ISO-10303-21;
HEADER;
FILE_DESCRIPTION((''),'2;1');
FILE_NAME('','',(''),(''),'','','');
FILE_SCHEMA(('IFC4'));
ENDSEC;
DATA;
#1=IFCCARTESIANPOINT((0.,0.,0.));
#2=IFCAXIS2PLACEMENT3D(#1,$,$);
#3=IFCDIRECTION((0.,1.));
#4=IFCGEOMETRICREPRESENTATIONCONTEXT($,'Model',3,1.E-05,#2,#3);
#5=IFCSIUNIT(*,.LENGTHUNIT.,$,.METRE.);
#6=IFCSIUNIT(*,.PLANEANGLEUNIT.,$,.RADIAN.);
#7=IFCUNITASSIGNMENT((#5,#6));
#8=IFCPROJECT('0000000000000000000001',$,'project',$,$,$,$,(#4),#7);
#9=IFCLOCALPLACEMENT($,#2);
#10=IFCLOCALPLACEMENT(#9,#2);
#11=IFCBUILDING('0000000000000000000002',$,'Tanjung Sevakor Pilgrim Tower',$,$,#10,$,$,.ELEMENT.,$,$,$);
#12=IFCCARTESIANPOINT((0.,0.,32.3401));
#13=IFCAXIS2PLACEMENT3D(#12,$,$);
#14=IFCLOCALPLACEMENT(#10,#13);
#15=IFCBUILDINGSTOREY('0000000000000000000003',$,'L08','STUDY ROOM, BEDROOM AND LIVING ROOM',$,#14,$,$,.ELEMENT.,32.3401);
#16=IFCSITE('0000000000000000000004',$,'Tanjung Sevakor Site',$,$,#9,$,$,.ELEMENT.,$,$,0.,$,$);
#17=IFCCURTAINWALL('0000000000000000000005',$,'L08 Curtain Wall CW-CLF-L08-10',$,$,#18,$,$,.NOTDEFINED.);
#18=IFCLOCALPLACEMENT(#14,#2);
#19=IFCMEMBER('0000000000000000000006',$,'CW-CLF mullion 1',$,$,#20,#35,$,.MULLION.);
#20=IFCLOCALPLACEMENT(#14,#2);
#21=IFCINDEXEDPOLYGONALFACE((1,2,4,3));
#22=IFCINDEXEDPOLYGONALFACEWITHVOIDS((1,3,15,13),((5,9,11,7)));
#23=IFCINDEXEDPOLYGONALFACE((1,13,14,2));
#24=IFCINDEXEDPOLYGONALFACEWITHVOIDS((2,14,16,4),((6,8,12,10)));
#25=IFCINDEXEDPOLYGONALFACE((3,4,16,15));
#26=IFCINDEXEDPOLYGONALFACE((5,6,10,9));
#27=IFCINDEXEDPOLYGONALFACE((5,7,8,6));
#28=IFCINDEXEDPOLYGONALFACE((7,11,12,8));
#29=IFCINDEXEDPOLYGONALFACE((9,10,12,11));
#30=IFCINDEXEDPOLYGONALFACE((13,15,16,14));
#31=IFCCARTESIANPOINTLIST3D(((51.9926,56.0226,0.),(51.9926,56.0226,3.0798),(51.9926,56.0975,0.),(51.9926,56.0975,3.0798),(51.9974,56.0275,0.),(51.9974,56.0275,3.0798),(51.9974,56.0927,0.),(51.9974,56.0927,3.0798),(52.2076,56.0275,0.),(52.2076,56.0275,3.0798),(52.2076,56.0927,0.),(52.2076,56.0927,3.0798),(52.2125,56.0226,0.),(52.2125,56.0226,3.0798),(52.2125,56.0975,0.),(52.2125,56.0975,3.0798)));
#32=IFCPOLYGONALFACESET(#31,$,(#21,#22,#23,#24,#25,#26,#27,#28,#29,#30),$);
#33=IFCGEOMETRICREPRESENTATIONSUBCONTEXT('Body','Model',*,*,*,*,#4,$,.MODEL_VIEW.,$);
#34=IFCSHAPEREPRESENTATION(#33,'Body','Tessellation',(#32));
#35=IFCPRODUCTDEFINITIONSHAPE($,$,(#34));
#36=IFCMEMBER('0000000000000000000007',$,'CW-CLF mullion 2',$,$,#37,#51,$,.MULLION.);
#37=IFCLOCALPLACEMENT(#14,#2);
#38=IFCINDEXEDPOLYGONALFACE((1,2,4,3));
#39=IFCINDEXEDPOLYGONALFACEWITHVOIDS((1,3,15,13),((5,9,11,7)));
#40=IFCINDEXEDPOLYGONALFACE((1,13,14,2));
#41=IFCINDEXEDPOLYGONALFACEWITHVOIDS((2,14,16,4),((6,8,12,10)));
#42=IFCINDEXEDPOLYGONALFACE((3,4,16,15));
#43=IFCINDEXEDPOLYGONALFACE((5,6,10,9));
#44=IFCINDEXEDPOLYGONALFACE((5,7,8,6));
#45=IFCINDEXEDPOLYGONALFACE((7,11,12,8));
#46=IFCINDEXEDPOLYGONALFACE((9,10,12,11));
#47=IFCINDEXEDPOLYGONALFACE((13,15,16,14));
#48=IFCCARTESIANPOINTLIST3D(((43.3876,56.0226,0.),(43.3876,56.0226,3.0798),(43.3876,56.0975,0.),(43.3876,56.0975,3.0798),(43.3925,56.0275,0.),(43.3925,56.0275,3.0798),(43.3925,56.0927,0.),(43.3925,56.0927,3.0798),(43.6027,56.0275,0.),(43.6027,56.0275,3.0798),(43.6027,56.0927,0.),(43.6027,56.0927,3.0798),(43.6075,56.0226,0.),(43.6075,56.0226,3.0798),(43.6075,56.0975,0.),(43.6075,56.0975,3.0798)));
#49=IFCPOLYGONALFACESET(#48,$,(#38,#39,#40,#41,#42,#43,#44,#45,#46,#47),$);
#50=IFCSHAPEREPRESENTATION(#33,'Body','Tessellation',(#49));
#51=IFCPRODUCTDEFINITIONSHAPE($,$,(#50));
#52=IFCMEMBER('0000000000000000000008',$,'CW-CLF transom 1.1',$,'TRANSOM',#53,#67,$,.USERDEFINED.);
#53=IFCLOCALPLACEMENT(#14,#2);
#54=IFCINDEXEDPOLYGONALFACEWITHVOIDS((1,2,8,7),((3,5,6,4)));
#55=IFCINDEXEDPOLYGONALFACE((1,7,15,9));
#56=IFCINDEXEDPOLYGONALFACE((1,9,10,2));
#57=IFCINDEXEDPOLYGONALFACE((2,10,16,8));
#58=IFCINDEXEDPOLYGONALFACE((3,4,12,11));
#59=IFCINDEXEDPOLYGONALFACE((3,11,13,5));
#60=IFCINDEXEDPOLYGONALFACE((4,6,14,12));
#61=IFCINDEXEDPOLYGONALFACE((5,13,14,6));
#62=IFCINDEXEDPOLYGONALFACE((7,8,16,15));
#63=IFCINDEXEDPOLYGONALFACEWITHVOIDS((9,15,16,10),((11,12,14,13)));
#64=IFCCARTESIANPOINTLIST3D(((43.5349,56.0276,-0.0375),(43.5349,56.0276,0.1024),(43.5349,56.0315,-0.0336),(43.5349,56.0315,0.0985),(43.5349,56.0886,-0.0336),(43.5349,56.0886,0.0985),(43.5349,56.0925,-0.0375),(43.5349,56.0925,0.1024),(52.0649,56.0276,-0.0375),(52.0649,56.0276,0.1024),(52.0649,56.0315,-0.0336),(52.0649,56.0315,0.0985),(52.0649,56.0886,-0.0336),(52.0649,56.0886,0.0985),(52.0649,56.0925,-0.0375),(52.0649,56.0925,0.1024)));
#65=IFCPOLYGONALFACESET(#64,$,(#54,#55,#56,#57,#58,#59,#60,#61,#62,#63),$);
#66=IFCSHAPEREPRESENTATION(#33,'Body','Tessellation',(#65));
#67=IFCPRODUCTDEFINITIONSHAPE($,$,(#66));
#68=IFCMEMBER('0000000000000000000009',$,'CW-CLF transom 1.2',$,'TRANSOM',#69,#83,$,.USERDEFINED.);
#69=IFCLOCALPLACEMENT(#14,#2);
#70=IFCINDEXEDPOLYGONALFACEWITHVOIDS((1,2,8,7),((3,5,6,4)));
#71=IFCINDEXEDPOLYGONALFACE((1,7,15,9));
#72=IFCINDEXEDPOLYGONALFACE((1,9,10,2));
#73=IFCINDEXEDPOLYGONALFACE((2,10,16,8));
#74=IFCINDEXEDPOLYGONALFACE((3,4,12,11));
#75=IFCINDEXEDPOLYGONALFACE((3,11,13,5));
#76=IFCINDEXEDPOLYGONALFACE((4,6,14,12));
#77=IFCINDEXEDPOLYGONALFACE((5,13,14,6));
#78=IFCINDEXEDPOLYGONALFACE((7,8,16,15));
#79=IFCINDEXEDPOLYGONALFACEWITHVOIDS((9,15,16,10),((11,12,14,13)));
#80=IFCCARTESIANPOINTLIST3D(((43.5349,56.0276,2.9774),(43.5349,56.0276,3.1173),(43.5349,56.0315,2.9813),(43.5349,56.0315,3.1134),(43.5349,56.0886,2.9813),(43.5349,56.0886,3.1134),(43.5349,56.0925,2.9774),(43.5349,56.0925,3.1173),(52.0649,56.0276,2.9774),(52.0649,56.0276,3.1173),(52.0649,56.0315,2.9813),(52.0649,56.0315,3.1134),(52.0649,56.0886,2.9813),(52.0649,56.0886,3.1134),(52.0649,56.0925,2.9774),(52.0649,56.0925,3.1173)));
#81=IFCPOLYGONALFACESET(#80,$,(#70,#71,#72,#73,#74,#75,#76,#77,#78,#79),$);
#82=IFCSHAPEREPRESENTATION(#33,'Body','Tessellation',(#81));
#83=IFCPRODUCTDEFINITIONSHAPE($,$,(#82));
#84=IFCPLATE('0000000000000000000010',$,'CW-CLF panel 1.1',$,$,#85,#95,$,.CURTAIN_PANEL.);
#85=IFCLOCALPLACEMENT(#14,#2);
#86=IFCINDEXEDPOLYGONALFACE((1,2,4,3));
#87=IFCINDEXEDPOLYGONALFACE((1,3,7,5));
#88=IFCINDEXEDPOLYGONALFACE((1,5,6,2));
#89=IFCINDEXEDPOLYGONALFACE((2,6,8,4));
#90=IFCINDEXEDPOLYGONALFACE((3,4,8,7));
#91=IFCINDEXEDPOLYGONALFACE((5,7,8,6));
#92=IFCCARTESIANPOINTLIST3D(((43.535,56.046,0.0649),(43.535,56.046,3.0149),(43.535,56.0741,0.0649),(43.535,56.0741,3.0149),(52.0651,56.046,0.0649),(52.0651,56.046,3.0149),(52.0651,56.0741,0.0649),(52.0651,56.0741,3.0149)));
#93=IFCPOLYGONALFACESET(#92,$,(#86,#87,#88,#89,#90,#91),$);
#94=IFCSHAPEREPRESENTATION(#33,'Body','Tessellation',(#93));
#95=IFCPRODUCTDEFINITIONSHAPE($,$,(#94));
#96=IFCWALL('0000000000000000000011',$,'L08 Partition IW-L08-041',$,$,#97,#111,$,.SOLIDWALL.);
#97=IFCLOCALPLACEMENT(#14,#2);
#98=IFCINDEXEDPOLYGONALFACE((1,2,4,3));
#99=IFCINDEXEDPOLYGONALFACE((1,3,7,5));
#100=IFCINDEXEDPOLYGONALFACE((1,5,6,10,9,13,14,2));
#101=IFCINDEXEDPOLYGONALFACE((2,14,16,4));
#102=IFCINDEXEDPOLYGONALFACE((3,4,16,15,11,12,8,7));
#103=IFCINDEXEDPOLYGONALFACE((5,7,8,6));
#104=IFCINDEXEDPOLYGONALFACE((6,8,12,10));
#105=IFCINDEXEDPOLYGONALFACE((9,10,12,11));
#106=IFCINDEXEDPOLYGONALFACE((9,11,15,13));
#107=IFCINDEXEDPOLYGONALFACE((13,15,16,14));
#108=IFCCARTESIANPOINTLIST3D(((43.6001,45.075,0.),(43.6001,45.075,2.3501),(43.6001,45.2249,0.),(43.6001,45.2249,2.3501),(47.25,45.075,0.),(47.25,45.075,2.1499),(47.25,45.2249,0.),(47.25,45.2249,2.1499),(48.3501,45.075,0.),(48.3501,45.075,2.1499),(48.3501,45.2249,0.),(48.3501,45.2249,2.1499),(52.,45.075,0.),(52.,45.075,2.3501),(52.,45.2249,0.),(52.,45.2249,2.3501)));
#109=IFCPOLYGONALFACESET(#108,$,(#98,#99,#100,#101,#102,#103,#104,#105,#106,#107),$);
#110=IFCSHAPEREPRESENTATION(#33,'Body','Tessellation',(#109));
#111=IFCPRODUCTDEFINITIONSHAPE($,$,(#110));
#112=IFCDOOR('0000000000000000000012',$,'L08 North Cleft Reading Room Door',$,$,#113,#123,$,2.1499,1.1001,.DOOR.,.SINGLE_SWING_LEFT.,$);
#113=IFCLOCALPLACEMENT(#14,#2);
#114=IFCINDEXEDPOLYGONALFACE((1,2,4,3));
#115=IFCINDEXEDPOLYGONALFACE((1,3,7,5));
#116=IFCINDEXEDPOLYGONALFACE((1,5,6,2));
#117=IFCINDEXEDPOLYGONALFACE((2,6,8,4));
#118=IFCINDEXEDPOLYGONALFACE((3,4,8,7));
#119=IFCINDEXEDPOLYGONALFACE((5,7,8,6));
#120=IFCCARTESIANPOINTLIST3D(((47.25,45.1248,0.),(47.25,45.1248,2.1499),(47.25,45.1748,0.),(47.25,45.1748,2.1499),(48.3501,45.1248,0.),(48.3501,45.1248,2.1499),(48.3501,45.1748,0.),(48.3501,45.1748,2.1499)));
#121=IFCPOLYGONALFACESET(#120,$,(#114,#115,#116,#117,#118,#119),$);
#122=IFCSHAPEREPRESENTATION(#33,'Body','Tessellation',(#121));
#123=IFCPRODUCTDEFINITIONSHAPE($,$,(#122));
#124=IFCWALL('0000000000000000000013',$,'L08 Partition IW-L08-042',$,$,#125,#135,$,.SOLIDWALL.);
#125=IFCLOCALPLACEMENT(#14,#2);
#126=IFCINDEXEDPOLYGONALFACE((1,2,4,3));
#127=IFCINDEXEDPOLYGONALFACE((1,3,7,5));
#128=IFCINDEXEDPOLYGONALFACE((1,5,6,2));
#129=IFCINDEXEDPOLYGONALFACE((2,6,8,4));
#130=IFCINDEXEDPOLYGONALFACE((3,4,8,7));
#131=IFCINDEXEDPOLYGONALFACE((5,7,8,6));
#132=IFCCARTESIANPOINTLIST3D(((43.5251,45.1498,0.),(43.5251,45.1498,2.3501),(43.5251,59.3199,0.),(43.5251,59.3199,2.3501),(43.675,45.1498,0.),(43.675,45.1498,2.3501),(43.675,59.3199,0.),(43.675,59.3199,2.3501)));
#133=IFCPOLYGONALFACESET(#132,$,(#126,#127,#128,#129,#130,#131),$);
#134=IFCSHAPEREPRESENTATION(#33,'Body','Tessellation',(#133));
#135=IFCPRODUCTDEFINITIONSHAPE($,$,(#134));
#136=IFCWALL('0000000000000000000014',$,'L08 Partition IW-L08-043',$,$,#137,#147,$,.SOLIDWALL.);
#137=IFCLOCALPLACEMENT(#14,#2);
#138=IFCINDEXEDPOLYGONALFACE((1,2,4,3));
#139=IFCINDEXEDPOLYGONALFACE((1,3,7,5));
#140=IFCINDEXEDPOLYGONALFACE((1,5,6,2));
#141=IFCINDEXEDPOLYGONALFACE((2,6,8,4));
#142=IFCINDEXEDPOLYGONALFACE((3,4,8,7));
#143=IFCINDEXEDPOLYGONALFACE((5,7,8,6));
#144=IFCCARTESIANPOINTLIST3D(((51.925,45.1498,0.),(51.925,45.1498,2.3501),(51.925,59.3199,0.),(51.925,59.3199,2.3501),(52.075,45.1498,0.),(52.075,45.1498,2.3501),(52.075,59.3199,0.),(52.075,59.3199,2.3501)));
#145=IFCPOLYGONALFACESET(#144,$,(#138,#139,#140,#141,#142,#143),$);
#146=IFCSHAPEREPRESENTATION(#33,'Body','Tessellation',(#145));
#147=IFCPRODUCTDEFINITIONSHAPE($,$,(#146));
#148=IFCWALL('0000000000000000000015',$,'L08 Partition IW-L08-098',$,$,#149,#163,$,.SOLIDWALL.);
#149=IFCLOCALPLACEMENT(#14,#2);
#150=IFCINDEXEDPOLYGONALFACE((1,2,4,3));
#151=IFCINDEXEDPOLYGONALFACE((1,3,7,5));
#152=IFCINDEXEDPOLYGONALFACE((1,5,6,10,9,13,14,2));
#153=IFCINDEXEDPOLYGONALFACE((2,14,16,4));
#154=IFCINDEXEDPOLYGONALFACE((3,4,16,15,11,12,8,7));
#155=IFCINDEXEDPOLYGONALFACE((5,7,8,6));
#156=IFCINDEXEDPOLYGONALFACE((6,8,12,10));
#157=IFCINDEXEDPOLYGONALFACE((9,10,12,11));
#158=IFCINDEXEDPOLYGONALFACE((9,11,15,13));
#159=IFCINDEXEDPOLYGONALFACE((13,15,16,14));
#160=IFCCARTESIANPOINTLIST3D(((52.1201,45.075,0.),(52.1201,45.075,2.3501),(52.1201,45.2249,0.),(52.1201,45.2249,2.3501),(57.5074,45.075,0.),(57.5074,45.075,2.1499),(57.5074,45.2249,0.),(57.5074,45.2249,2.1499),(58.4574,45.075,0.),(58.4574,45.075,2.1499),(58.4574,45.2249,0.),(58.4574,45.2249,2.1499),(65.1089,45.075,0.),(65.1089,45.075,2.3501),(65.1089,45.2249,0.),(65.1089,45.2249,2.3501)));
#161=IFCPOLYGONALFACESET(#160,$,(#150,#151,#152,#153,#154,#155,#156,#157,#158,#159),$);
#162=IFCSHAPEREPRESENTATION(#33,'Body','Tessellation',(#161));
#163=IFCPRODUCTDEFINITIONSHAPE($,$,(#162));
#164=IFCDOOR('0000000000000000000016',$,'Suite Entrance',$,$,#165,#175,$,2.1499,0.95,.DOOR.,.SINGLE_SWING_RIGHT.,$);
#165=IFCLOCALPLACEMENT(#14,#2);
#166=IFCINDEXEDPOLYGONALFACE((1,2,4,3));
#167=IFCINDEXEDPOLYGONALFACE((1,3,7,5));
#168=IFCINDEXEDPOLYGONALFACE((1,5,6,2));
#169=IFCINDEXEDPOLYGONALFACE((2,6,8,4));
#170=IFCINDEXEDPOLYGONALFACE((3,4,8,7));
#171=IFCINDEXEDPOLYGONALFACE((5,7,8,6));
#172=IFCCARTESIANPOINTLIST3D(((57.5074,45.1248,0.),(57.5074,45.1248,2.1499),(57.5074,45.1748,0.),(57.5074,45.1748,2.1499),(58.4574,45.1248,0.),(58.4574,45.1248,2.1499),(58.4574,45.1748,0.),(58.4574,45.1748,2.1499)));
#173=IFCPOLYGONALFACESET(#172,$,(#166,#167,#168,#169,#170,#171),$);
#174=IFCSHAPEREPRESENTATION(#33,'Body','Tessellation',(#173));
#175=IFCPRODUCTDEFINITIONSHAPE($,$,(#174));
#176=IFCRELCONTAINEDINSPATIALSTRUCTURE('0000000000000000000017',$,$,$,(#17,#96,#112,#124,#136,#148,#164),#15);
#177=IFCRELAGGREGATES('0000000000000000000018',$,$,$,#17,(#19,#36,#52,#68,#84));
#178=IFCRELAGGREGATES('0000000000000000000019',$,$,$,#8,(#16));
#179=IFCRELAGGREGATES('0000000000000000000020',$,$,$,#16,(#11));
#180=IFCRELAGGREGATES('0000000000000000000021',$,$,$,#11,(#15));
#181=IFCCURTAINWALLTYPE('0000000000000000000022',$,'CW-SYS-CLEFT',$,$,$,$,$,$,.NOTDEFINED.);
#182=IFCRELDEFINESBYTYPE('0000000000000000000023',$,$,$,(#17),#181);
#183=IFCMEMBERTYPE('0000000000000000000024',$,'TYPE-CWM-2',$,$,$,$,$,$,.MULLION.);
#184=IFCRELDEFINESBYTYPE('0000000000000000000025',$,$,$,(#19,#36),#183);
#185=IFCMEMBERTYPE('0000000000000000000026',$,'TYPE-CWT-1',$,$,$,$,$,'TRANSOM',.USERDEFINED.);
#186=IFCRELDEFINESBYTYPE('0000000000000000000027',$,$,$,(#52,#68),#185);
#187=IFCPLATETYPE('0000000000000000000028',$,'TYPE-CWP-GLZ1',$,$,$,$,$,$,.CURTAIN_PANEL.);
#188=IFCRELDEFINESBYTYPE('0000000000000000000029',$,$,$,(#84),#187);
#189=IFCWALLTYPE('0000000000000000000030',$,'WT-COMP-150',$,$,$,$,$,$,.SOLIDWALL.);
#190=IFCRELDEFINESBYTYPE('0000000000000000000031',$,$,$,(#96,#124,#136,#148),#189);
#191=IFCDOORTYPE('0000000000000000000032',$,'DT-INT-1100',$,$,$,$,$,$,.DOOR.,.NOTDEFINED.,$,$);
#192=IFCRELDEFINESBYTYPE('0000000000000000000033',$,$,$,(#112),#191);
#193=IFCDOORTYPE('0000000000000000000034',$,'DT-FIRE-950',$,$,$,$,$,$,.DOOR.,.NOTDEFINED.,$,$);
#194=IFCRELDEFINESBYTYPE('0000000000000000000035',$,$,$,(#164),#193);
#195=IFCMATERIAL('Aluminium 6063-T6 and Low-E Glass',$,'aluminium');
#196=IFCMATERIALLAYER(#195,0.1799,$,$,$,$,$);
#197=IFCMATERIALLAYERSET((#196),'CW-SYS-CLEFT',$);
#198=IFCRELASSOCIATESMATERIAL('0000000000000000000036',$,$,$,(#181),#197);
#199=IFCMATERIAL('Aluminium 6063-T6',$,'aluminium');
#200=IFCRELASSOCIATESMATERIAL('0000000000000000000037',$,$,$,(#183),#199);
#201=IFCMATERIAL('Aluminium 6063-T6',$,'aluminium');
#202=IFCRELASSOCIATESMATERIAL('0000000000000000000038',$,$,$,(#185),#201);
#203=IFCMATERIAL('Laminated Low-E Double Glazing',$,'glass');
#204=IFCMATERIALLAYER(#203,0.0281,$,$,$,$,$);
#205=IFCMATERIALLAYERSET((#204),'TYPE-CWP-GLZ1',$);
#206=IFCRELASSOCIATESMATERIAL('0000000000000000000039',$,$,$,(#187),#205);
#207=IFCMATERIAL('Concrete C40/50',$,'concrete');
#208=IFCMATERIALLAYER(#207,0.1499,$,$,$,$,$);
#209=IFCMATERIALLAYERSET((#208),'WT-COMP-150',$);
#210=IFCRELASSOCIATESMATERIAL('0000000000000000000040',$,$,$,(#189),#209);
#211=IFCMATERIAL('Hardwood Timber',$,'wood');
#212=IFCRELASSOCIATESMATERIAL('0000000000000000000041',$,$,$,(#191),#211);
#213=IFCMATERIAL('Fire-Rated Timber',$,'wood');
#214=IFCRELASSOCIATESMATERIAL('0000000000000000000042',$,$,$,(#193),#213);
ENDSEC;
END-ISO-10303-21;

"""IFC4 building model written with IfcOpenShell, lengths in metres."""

from ifc_helpers import new_model, si_unit, direction, frame, frame_2d, origin, origin_2d, place, context, subcontext, project, spatial, rectangle, hollow_rectangle, extrude, material, layer, layer_set, material_profile, profile_set, type_object, element, fill, aggregate, save


model = new_model("IFC4")

# Units and contexts
model_context = context("Model", 3, precision=1e-05, world=origin(), true_north=direction((0.0, 1.0)))
body_context = subcontext(model_context, "Body", "Model", "MODEL_VIEW")
ifc_project = project(units=[si_unit("LENGTHUNIT", "METRE"), si_unit("PLANEANGLEUNIT", "RADIAN")], contexts=[model_context])

# Site, building, storey
site_placement = place(None, origin())
site = spatial("IfcSite", under=ifc_project, at=site_placement, Name="Tanjung Sevakor Site", CompositionType="ELEMENT", RefElevation=0.0)
building_placement = place(site_placement, origin())
building = spatial("IfcBuilding", under=site, at=building_placement, Name="Tanjung Sevakor Pilgrim Tower", CompositionType="ELEMENT")
storey_placement = place(building_placement, frame((0.0, 0.0, 32.3401)))
storey = spatial("IfcBuildingStorey", under=building, at=storey_placement, Name="L08", Description="STUDY ROOM, BEDROOM AND LIVING ROOM", CompositionType="ELEMENT", Elevation=32.3401)

# Curtain wall, members, plate
ifc_material_1 = material(Name="Aluminium 6063-T6 and Low-E Glass", Category="aluminium")
ifc_layer_1 = layer(ifc_material_1, 0.1799)
ifc_layer_set_1 = layer_set([ifc_layer_1], Name="CW-SYS-CLEFT")
curtain_wall_type = type_object("IfcCurtainWallType", Name="CW-SYS-CLEFT", PredefinedType="NOTDEFINED", material=ifc_layer_set_1)
curtain_wall_placement = place(storey_placement, origin())
curtain_wall = element("IfcCurtainWall", 1, at=curtain_wall_placement, inside=storey, type_object=curtain_wall_type, Name="L08 Curtain Wall CW-CLF-L08-10", PredefinedType="NOTDEFINED")
ifc_material_2 = material(Name="Aluminium 6063-T6", Category="aluminium")
ifc_material_profile_1 = material_profile(ifc_material_2, hollow_rectangle(XDim=0.075, YDim=0.22, WallThickness=0.0049, at=origin_2d()))
ifc_profile_set_1 = profile_set([ifc_material_profile_1], Name="Aluminium 6063-T6")
member_type_1 = type_object("IfcMemberType", Name="TYPE-CWM-2", PredefinedType="MULLION", material=ifc_profile_set_1)
member_1_placement = place(storey_placement, frame((52.1025, 56.0601, 0.0), z_axis=(0.0, 0.0, 1.0), x_axis=(0.0, -1.0, 0.0)))
member_1 = element("IfcMember", 2, at=member_1_placement, type_object=member_type_1, Name="CW-CLF mullion 1", PredefinedType="MULLION", context=body_context, shape_type="SweptSolid", body=[
    extrude(hollow_rectangle(XDim=0.075, YDim=0.22, WallThickness=0.0049, at=origin_2d()), origin(), (0.0, 0.0, 1.0), 3.0798),
])
member_2_placement = place(storey_placement, frame((43.4976, 56.0601, 0.0), z_axis=(0.0, 0.0, 1.0), x_axis=(0.0, -1.0, 0.0)))
member_2 = element("IfcMember", 3, at=member_2_placement, type_object=member_type_1, Name="CW-CLF mullion 2", PredefinedType="MULLION", context=body_context, shape_type="SweptSolid", body=[
    extrude(hollow_rectangle(XDim=0.075, YDim=0.22, WallThickness=0.0049, at=origin_2d()), origin(), (0.0, 0.0, 1.0), 3.0798),
])
ifc_material_3 = material(Name="Aluminium 6063-T6", Category="aluminium")
ifc_material_profile_2 = material_profile(ifc_material_3, hollow_rectangle(XDim=0.0649, YDim=0.1399, WallThickness=0.0039, at=origin_2d()))
ifc_profile_set_2 = profile_set([ifc_material_profile_2], Name="Aluminium 6063-T6")
member_type_2 = type_object("IfcMemberType", Name="TYPE-CWT-1", ElementType="TRANSOM", PredefinedType="USERDEFINED", material=ifc_profile_set_2)
member_3_placement = place(storey_placement, frame((52.0649, 56.0601, 0.0325), z_axis=(-1.0, 0.0, 0.0), x_axis=(0.0, -1.0, 0.0)))
member_3 = element("IfcMember", 4, at=member_3_placement, type_object=member_type_2, Name="CW-CLF transom 1.1", ObjectType="TRANSOM", PredefinedType="USERDEFINED", context=body_context, shape_type="SweptSolid", body=[
    extrude(hollow_rectangle(XDim=0.0649, YDim=0.1399, WallThickness=0.0039, at=origin_2d()), origin(), (0.0, 0.0, 1.0), 8.53),
])
member_4_placement = place(storey_placement, frame((52.0649, 56.0601, 3.0474), z_axis=(-1.0, 0.0, 0.0), x_axis=(0.0, -1.0, 0.0)))
member_4 = element("IfcMember", 5, at=member_4_placement, type_object=member_type_2, Name="CW-CLF transom 1.2", ObjectType="TRANSOM", PredefinedType="USERDEFINED", context=body_context, shape_type="SweptSolid", body=[
    extrude(hollow_rectangle(XDim=0.0649, YDim=0.1399, WallThickness=0.0039, at=origin_2d()), origin(), (0.0, 0.0, 1.0), 8.53),
])
ifc_material_4 = material(Name="Laminated Low-E Double Glazing", Category="glass")
ifc_layer_2 = layer(ifc_material_4, 0.0281)
ifc_layer_set_2 = layer_set([ifc_layer_2], Name="TYPE-CWP-GLZ1")
plate_type = type_object("IfcPlateType", Name="TYPE-CWP-GLZ1", PredefinedType="CURTAIN_PANEL", material=ifc_layer_set_2)
plate_placement = place(storey_placement, frame((47.8, 56.0601, 0.0649), z_axis=(0.0, 0.0, 1.0), x_axis=(-1.0, 0.0, 0.0)))
plate = element("IfcPlate", 6, at=plate_placement, type_object=plate_type, Name="CW-CLF panel 1.1", PredefinedType="CURTAIN_PANEL", context=body_context, shape_type="SweptSolid", body=[
    extrude(rectangle(XDim=8.53, YDim=0.0281, at=origin_2d()), origin(), (0.0, 0.0, 1.0), 2.95),
])
aggregate(curtain_wall, [member_1, member_2, member_3, member_4, plate])

# Wall, opening, door
ifc_material_5 = material(Name="Concrete C40/50", Category="concrete")
ifc_layer_3 = layer(ifc_material_5, 0.1499)
ifc_layer_set_3 = layer_set([ifc_layer_3], Name="WT-COMP-150")
wall_type_1 = type_object("IfcWallType", Name="WT-COMP-150", PredefinedType="SOLIDWALL", material=ifc_layer_set_3)
wall_1_placement = place(storey_placement, frame((43.6001, 45.1499, 0.0), z_axis=(0.0, 0.0, 1.0), x_axis=(1.0, 0.0, 0.0)))
wall_1 = element("IfcWall", 7, at=wall_1_placement, inside=storey, type_object=wall_type_1, Name="L08 Partition IW-L08-041", PredefinedType="SOLIDWALL", context=body_context, shape_type="SweptSolid", body=[
    extrude(rectangle(XDim=8.3999, YDim=0.1499, at=frame_2d((4.2, 0.0))), origin(), (0.0, 0.0, 1.0), 2.3501),
])
opening_1_placement = place(wall_1_placement, frame((3.6499, 0.0, 0.0)))
opening_1 = element("IfcOpeningElement", 8, at=opening_1_placement, cuts=wall_1, PredefinedType="OPENING", context=body_context, shape_type="SweptSolid", body=[
    extrude(rectangle(XDim=1.1001, YDim=2.1499, at=frame_2d((0.55, 1.075))), frame((0.0, 0.085, 0.0), z_axis=(0.0, -1.0, 0.0), x_axis=(1.0, 0.0, 0.0)), (0.0, 0.0, 1.0), 0.1699),
])
ifc_material_6 = material(Name="Hardwood Timber", Category="wood")
door_type_1 = type_object("IfcDoorType", Name="DT-INT-1100", OperationType="NOTDEFINED", PredefinedType="DOOR", material=ifc_material_6)
door_1_placement = place(opening_1_placement, origin())
door_1 = element("IfcDoor", 9, at=door_1_placement, inside=storey, type_object=door_type_1, Name="L08 North Cleft Reading Room Door", OperationType="SINGLE_SWING_LEFT", OverallHeight=2.1499, OverallWidth=1.1001, PredefinedType="DOOR", context=body_context, shape_type="SweptSolid", body=[
    extrude(rectangle(XDim=1.1001, YDim=2.1499, at=frame_2d((0.55, 1.075))), frame((0.0, 0.0249, 0.0), z_axis=(0.0, -1.0, 0.0), x_axis=(1.0, 0.0, 0.0)), (0.0, 0.0, 1.0), 0.05),
])
fill(opening_1, door_1)

# Walls
for number, where, z_axis, x_axis, name in (
    (10, (43.6001, 45.1499, 0.0), (0.0, 0.0, 1.0), (0.0, 1.0, 0.0), "L08 Partition IW-L08-042"),
    (11, (52.0, 45.1499, 0.0), (0.0, 0.0, 1.0), (0.0, 1.0, 0.0), "L08 Partition IW-L08-043"),
):
    element("IfcWall", number, at=place(storey_placement, frame(where, z_axis=z_axis, x_axis=x_axis)), inside=storey, type_object=wall_type_1, Name=name, PredefinedType="SOLIDWALL", context=body_context, shape_type="SweptSolid", body=[
        extrude(rectangle(XDim=14.1702, YDim=0.1499, at=frame_2d((7.085, 0.0))), origin(), (0.0, 0.0, 1.0), 2.3501),
    ])

# Wall, opening, door
wall_2_placement = place(storey_placement, frame((52.1201, 45.1499, 0.0), z_axis=(0.0, 0.0, 1.0), x_axis=(1.0, 0.0, 0.0)))
wall_2 = element("IfcWall", 12, at=wall_2_placement, inside=storey, type_object=wall_type_1, Name="L08 Partition IW-L08-098", PredefinedType="SOLIDWALL", context=body_context, shape_type="SweptSolid", body=[
    extrude(rectangle(XDim=12.9888, YDim=0.1499, at=frame_2d((6.4944, 0.0))), origin(), (0.0, 0.0, 1.0), 2.3501),
])
opening_2_placement = place(wall_2_placement, frame((5.3872, 0.0, 0.0)))
opening_2 = element("IfcOpeningElement", 13, at=opening_2_placement, cuts=wall_2, PredefinedType="OPENING", context=body_context, shape_type="SweptSolid", body=[
    extrude(rectangle(XDim=0.95, YDim=2.1499, at=frame_2d((0.4751, 1.075))), frame((0.0, 0.085, 0.0), z_axis=(0.0, -1.0, 0.0), x_axis=(1.0, 0.0, 0.0)), (0.0, 0.0, 1.0), 0.1699),
])
ifc_material_7 = material(Name="Fire-Rated Timber", Category="wood")
door_type_2 = type_object("IfcDoorType", Name="DT-FIRE-950", OperationType="NOTDEFINED", PredefinedType="DOOR", material=ifc_material_7)
door_2_placement = place(opening_2_placement, origin())
door_2 = element("IfcDoor", 14, at=door_2_placement, inside=storey, type_object=door_type_2, Name="Suite Entrance", OperationType="SINGLE_SWING_RIGHT", OverallHeight=2.1499, OverallWidth=0.95, PredefinedType="DOOR", context=body_context, shape_type="SweptSolid", body=[
    extrude(rectangle(XDim=0.95, YDim=2.1499, at=frame_2d((0.4751, 1.075))), frame((0.0, 0.0249, 0.0), z_axis=(0.0, -1.0, 0.0), x_axis=(1.0, 0.0, 0.0)), (0.0, 0.0, 1.0), 0.05),
])
fill(opening_2, door_2)

save(model, "model.ifc")
